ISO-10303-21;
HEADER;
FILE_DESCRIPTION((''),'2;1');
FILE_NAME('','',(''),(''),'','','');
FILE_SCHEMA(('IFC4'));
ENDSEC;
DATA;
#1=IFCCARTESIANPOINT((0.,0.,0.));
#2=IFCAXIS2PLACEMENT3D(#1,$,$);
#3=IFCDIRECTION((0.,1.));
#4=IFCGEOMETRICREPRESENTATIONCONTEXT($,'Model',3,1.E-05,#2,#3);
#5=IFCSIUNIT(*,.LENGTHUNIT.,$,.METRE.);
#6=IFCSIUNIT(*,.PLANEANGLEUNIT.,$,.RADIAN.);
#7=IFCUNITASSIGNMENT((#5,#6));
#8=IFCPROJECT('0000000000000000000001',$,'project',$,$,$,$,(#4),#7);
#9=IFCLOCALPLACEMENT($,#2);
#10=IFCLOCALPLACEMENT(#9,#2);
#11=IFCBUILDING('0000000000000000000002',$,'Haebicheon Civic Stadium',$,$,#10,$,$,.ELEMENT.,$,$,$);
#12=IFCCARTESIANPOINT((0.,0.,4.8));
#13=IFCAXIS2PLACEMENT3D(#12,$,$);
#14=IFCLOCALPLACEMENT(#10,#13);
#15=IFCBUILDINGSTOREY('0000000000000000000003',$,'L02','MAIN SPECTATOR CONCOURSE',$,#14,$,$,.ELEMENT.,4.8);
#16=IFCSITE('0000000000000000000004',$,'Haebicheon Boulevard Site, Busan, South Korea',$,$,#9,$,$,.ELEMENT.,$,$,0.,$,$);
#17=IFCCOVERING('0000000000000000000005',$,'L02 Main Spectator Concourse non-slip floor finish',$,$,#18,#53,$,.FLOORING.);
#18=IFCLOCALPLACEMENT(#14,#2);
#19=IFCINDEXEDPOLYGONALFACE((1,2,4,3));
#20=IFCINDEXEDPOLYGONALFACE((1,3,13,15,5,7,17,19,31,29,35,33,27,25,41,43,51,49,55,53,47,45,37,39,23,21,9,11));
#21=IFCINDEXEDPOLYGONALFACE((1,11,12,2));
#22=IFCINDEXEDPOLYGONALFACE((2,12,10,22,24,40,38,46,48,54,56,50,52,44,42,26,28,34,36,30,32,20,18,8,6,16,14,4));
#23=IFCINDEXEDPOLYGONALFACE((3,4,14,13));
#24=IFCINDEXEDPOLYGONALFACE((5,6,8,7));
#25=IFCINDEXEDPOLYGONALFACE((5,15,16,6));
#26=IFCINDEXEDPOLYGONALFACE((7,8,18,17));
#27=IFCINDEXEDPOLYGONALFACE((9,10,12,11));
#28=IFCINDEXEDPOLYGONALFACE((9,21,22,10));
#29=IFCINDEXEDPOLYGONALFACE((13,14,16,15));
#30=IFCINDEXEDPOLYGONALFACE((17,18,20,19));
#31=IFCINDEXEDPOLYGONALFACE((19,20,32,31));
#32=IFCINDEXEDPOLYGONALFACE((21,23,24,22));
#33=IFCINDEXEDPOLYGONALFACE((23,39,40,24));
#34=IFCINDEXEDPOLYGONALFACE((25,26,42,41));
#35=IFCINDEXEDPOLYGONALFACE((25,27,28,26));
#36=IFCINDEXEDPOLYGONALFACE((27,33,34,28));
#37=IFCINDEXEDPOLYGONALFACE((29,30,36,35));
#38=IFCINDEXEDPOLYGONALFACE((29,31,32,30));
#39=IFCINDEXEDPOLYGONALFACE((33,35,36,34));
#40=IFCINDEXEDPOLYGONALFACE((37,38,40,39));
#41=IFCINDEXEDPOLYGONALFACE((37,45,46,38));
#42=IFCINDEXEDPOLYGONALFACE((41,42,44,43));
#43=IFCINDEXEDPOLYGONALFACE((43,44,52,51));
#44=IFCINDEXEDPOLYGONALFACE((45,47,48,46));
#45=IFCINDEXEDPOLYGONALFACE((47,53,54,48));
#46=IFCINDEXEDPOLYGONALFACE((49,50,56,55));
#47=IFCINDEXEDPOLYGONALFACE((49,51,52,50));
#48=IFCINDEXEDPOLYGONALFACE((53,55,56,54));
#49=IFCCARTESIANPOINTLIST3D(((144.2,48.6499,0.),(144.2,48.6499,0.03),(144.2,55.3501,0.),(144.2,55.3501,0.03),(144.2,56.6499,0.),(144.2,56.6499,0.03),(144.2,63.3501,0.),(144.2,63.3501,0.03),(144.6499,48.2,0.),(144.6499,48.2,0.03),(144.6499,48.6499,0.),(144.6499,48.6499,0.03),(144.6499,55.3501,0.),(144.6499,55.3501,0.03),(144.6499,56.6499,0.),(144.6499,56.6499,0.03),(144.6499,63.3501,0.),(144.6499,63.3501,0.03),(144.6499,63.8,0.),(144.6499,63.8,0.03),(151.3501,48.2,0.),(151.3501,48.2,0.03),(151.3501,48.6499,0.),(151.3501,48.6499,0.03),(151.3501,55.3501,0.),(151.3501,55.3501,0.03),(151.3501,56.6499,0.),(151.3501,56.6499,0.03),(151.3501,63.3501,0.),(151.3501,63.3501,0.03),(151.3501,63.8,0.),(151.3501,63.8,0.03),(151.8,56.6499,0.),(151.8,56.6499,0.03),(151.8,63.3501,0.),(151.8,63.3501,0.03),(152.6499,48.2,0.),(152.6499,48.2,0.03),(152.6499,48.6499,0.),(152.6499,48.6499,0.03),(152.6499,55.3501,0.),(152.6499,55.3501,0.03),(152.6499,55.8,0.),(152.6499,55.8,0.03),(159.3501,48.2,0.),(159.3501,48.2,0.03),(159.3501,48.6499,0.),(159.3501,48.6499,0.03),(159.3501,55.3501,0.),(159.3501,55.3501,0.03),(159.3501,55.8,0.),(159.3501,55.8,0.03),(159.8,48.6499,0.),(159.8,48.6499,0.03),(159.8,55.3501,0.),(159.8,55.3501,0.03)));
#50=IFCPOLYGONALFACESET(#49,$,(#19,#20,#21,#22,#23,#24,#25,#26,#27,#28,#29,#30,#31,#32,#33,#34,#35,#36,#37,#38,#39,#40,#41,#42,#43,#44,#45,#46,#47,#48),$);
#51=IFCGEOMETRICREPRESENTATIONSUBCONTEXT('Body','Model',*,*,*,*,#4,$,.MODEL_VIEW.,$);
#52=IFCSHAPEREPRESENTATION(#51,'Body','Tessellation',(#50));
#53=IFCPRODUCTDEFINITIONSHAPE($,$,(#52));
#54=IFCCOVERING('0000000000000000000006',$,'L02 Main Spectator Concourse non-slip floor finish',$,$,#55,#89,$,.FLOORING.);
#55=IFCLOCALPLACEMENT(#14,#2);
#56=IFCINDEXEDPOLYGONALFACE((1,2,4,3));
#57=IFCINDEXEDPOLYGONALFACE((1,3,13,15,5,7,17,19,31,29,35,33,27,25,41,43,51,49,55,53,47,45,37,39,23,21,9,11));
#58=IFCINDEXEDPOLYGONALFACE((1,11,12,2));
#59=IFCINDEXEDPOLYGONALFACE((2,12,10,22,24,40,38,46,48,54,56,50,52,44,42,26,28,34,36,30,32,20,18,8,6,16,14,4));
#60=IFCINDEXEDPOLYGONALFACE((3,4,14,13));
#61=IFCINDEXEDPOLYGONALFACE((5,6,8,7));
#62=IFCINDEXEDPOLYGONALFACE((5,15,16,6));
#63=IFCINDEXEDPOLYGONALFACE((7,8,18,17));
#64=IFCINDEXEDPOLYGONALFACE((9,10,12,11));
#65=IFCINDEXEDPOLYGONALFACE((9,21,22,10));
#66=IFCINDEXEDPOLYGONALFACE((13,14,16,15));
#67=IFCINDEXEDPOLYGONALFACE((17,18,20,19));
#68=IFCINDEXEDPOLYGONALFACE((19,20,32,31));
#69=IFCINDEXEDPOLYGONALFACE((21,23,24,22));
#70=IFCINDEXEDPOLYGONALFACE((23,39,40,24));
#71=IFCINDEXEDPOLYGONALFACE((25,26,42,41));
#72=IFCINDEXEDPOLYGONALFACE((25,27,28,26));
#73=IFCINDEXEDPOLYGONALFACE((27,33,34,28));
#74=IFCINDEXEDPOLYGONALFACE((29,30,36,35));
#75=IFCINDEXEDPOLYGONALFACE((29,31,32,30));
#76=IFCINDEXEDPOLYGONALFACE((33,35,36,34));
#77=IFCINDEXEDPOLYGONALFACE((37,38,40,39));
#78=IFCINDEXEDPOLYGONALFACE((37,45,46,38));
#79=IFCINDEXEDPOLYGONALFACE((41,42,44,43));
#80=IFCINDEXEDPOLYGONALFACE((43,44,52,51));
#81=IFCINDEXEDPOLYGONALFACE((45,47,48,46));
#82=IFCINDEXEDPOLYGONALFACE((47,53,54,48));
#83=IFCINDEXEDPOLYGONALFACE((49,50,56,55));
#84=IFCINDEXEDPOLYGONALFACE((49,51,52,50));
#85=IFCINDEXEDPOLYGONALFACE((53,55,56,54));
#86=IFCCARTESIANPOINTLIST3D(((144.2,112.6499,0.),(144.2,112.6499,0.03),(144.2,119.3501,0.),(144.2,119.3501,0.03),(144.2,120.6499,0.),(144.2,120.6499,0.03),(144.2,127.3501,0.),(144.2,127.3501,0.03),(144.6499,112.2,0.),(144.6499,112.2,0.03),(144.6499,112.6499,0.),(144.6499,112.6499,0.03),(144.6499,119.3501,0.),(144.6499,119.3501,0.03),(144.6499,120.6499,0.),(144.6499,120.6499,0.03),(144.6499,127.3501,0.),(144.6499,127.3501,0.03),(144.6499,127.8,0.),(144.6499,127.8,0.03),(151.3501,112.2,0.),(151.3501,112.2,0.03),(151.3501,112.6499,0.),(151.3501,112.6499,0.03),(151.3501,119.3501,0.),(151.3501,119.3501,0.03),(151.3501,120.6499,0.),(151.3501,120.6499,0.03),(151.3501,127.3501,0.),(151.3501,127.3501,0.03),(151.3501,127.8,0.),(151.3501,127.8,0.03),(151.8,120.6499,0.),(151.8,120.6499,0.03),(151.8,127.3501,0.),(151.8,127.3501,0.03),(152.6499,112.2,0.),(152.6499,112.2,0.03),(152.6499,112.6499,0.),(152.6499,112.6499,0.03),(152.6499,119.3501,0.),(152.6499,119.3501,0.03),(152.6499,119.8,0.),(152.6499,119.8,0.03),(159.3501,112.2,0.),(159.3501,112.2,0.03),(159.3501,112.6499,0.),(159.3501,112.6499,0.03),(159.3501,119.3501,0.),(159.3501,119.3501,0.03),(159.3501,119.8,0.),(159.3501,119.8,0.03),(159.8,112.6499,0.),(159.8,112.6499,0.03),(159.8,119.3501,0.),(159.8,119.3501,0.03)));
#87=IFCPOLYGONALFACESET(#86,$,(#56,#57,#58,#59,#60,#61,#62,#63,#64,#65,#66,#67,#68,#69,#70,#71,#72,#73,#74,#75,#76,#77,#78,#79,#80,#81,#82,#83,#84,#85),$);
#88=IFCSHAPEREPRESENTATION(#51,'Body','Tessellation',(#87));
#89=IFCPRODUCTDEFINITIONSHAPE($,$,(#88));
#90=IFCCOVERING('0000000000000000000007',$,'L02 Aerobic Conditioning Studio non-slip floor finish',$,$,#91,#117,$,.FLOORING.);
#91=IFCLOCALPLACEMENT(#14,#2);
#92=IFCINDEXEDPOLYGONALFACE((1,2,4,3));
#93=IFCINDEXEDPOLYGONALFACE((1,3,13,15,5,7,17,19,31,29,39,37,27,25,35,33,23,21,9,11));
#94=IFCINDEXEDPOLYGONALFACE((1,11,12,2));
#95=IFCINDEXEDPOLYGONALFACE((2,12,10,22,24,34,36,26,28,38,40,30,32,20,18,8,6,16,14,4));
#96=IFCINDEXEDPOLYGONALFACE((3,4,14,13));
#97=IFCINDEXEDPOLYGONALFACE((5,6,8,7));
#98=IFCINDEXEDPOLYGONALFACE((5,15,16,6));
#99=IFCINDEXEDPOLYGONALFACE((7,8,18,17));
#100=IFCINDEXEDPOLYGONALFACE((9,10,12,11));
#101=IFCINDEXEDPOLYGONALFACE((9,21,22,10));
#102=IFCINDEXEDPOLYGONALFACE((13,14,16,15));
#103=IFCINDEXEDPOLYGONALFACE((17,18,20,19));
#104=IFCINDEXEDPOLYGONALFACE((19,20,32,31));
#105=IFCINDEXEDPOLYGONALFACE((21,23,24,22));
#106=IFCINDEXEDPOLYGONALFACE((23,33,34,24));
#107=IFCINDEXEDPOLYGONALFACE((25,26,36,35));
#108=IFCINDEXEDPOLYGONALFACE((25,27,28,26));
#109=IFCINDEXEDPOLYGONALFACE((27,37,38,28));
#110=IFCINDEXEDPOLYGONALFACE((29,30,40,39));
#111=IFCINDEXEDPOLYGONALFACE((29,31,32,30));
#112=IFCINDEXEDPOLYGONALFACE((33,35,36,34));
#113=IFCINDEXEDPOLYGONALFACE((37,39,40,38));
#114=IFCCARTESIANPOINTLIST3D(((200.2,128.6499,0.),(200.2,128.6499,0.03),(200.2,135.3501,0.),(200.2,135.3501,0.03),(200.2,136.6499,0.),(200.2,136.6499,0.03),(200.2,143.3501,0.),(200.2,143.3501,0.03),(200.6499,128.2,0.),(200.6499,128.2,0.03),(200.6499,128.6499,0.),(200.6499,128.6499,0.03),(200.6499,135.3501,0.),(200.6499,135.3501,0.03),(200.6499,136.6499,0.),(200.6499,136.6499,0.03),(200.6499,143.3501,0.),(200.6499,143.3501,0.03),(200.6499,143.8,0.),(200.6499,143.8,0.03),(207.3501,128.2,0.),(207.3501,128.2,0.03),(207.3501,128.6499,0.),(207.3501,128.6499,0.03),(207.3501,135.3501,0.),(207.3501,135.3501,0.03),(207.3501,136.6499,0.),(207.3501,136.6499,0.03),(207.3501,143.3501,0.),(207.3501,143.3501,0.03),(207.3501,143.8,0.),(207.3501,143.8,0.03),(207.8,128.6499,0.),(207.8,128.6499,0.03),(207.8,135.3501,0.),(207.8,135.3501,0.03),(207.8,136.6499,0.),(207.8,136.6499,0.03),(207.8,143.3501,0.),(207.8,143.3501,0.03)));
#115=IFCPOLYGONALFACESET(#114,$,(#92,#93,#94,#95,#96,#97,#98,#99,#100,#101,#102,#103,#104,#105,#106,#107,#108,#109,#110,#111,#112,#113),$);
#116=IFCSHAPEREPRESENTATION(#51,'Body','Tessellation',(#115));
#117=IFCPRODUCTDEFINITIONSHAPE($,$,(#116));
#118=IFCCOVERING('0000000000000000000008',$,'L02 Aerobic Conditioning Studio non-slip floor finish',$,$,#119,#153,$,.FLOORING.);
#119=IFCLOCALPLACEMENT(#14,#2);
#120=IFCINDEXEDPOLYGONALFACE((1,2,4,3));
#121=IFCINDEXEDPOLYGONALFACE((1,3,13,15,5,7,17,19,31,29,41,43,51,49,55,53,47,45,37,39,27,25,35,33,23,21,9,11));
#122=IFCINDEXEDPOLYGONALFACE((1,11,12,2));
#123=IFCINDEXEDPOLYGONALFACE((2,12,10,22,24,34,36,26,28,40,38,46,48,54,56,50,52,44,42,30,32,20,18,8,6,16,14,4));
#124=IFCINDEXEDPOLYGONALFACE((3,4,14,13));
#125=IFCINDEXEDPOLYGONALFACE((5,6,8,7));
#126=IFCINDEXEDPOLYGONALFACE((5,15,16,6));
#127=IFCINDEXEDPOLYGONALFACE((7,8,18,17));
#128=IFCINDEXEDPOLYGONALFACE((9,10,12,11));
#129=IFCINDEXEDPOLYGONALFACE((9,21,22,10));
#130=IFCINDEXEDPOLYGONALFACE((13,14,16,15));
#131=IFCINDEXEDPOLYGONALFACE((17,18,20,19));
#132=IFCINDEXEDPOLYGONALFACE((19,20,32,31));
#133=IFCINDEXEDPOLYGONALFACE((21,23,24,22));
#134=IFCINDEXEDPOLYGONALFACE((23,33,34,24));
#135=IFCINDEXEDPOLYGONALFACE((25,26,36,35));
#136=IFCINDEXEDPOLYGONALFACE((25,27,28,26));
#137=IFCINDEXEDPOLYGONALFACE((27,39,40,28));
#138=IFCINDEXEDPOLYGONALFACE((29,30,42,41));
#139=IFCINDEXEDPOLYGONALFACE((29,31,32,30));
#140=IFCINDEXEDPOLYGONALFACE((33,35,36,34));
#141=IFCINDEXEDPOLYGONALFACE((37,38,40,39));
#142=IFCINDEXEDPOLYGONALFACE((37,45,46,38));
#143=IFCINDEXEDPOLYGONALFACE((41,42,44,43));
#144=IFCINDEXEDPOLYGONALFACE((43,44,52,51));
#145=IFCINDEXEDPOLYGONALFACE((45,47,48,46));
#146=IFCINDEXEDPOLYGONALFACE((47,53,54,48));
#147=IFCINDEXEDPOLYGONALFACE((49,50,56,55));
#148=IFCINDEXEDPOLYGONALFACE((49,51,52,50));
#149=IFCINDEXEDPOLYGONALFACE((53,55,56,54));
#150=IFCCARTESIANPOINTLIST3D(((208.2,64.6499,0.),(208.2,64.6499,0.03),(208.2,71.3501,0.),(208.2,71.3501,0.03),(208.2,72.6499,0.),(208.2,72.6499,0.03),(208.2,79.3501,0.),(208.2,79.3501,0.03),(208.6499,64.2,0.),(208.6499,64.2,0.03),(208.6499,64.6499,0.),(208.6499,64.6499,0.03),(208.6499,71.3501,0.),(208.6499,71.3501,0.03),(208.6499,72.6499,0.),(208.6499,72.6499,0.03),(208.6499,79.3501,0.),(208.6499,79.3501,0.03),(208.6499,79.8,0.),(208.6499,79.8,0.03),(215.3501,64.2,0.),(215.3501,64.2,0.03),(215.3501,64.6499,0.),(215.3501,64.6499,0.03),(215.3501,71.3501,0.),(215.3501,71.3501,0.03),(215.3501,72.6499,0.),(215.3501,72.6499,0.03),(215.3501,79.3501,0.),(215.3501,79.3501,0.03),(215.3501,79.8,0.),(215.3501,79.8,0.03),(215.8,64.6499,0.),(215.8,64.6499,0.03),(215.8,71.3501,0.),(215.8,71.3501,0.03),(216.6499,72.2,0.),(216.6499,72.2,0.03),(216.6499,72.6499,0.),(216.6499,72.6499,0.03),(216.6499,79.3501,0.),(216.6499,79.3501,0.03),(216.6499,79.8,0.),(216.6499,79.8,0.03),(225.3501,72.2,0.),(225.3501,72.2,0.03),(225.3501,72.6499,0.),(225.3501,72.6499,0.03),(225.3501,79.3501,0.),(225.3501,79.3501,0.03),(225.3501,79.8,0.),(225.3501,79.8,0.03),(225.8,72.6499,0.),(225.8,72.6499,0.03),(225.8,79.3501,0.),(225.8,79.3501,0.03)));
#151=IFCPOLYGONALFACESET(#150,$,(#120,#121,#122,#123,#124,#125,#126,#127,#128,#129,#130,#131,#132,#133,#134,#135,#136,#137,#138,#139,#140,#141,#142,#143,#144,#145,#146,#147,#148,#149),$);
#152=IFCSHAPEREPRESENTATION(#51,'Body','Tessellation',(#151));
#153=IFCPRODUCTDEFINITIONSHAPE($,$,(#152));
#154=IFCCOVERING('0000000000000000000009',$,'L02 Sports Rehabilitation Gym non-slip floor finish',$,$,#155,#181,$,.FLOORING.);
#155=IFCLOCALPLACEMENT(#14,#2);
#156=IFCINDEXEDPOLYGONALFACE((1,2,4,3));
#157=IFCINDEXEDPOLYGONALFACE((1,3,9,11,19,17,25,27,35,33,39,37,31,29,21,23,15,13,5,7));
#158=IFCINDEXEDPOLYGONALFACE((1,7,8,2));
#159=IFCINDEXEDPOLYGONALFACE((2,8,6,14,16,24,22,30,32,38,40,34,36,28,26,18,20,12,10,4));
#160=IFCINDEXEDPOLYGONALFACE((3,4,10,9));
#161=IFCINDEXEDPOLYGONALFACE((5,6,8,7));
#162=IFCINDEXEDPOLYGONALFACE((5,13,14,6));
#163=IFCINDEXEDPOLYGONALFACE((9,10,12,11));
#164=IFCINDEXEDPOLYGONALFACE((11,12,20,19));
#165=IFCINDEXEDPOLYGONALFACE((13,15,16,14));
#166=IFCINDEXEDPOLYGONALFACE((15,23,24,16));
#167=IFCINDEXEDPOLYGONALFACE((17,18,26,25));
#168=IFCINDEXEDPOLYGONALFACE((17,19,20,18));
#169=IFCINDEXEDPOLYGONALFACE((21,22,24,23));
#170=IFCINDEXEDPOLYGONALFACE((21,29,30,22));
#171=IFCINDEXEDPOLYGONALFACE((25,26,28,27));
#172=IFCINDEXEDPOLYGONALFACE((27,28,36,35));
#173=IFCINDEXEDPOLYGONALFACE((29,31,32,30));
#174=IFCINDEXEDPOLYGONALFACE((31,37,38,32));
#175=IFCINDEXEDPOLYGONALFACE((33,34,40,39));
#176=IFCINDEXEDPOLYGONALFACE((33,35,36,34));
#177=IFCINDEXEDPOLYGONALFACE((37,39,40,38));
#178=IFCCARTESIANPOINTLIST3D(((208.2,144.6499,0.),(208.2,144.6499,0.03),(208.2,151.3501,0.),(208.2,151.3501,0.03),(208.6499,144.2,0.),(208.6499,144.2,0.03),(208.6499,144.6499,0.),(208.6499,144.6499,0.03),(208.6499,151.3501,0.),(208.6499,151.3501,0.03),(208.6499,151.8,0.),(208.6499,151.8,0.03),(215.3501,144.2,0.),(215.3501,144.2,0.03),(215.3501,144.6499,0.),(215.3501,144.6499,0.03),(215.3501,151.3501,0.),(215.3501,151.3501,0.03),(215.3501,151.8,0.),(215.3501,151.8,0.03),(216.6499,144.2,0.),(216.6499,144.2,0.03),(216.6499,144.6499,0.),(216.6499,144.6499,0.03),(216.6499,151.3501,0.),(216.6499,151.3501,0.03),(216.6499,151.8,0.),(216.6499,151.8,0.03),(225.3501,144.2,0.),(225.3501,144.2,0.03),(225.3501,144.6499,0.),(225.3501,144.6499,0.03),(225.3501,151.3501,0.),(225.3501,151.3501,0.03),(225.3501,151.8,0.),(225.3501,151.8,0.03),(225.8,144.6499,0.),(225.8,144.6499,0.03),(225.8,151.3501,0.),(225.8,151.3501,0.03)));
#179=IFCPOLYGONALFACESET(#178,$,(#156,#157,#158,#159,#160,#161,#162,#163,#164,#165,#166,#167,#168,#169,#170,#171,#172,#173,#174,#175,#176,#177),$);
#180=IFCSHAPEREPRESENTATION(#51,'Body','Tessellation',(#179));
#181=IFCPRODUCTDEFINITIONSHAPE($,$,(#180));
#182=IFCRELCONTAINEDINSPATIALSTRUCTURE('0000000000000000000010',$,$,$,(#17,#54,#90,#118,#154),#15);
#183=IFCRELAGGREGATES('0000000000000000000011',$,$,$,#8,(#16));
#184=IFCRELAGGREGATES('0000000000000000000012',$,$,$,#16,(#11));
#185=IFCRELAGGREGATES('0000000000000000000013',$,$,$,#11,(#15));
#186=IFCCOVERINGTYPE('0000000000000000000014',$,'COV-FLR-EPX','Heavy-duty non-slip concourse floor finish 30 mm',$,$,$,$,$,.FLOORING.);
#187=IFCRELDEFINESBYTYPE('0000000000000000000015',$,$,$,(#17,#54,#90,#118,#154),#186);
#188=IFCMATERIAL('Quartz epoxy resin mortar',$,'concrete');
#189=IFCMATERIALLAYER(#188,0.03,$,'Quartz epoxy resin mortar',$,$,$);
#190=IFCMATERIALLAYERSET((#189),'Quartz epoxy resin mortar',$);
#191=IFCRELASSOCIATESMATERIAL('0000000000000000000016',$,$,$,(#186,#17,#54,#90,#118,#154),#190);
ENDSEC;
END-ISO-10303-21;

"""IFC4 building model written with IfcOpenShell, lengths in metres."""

from ifc_helpers import new_model, si_unit, direction, frame, origin, place, context, subcontext, project, spatial, polyline, outline, extrude, material, layer, layer_set, type_object, element, save


model = new_model("IFC4")

# Units and contexts
model_context = context("Model", 3, precision=1e-05, world=origin(), true_north=direction((0.0, 1.0)))
body_context = subcontext(model_context, "Body", "Model", "MODEL_VIEW")
ifc_project = project(units=[si_unit("LENGTHUNIT", "METRE"), si_unit("PLANEANGLEUNIT", "RADIAN")], contexts=[model_context])

# Site, building, storey
site_placement = place(None, origin())
site = spatial("IfcSite", under=ifc_project, at=site_placement, Name="Haebicheon Boulevard Site, Busan, South Korea", CompositionType="ELEMENT", RefElevation=0.0)
building_placement = place(site_placement, origin())
building = spatial("IfcBuilding", under=site, at=building_placement, Name="Haebicheon Civic Stadium", CompositionType="ELEMENT")
storey_placement = place(building_placement, frame((0.0, 0.0, 4.8)))
storey = spatial("IfcBuildingStorey", under=building, at=storey_placement, Name="L02", Description="MAIN SPECTATOR CONCOURSE", CompositionType="ELEMENT", Elevation=4.8)

# Coverings
ifc_material_1 = material(Name="Quartz epoxy resin mortar", Category="concrete")
ifc_layer_1 = layer(ifc_material_1, 0.03, Name="Quartz epoxy resin mortar")
ifc_layer_set_1 = layer_set([ifc_layer_1], Name="Quartz epoxy resin mortar")
covering_type_1 = type_object("IfcCoveringType", Name="COV-FLR-EPX", Description="Heavy-duty non-slip concourse floor finish 30 mm", PredefinedType="FLOORING", material=ifc_layer_set_1)
covering_1_placement = place(storey_placement, origin())
element("IfcCovering", 1, at=covering_1_placement, inside=storey, type_object=covering_type_1, material=ifc_layer_set_1, Name="L02 Main Spectator Concourse non-slip floor finish", PredefinedType="FLOORING", context=body_context, shape_type="SweptSolid", body=[
    extrude(outline(polyline([(144.2, 55.3501), (144.6499, 55.3501), (144.6499, 56.6499), (144.2, 56.6499), (144.2, 63.3501), (144.6499, 63.3501), (144.6499, 63.8), (151.3501, 63.8), (151.3501, 63.3501), (151.8, 63.3501), (151.8, 56.6499), (151.3501, 56.6499), (151.3501, 55.3501), (152.6499, 55.3501), (152.6499, 55.8), (159.3501, 55.8), (159.3501, 55.3501), (159.8, 55.3501), (159.8, 48.6499), (159.3501, 48.6499), (159.3501, 48.2), (152.6499, 48.2), (152.6499, 48.6499), (151.3501, 48.6499), (151.3501, 48.2), (144.6499, 48.2), (144.6499, 48.6499), (144.2, 48.6499), (144.2, 55.3501)])), origin(), (0.0, 0.0, 1.0), 0.03),
])
covering_2_placement = place(storey_placement, origin())
element("IfcCovering", 2, at=covering_2_placement, inside=storey, type_object=covering_type_1, material=ifc_layer_set_1, Name="L02 Main Spectator Concourse non-slip floor finish", PredefinedType="FLOORING", context=body_context, shape_type="SweptSolid", body=[
    extrude(outline(polyline([(144.2, 119.3501), (144.6499, 119.3501), (144.6499, 120.6499), (144.2, 120.6499), (144.2, 127.3501), (144.6499, 127.3501), (144.6499, 127.8), (151.3501, 127.8), (151.3501, 127.3501), (151.8, 127.3501), (151.8, 120.6499), (151.3501, 120.6499), (151.3501, 119.3501), (152.6499, 119.3501), (152.6499, 119.8), (159.3501, 119.8), (159.3501, 119.3501), (159.8, 119.3501), (159.8, 112.6499), (159.3501, 112.6499), (159.3501, 112.2), (152.6499, 112.2), (152.6499, 112.6499), (151.3501, 112.6499), (151.3501, 112.2), (144.6499, 112.2), (144.6499, 112.6499), (144.2, 112.6499), (144.2, 119.3501)])), origin(), (0.0, 0.0, 1.0), 0.03),
])
covering_3_placement = place(storey_placement, origin())
element("IfcCovering", 3, at=covering_3_placement, inside=storey, type_object=covering_type_1, material=ifc_layer_set_1, Name="L02 Aerobic Conditioning Studio non-slip floor finish", PredefinedType="FLOORING", context=body_context, shape_type="SweptSolid", body=[
    extrude(outline(polyline([(200.6499, 128.2), (200.6499, 128.6499), (200.2, 128.6499), (200.2, 135.3501), (200.6499, 135.3501), (200.6499, 136.6499), (200.2, 136.6499), (200.2, 143.3501), (200.6499, 143.3501), (200.6499, 143.8), (207.3501, 143.8), (207.3501, 143.3501), (207.8, 143.3501), (207.8, 136.6499), (207.3501, 136.6499), (207.3501, 135.3501), (207.8, 135.3501), (207.8, 128.6499), (207.3501, 128.6499), (207.3501, 128.2), (200.6499, 128.2)])), origin(), (0.0, 0.0, 1.0), 0.03),
])
covering_4_placement = place(storey_placement, origin())
element("IfcCovering", 4, at=covering_4_placement, inside=storey, type_object=covering_type_1, material=ifc_layer_set_1, Name="L02 Aerobic Conditioning Studio non-slip floor finish", PredefinedType="FLOORING", context=body_context, shape_type="SweptSolid", body=[
    extrude(outline(polyline([(208.6499, 64.2), (208.6499, 64.6499), (208.2, 64.6499), (208.2, 71.3501), (208.6499, 71.3501), (208.6499, 72.6499), (208.2, 72.6499), (208.2, 79.3501), (208.6499, 79.3501), (208.6499, 79.8), (215.3501, 79.8), (215.3501, 79.3501), (216.6499, 79.3501), (216.6499, 79.8), (225.3501, 79.8), (225.3501, 79.3501), (225.8, 79.3501), (225.8, 72.6499), (225.3501, 72.6499), (225.3501, 72.2), (216.6499, 72.2), (216.6499, 72.6499), (215.3501, 72.6499), (215.3501, 71.3501), (215.8, 71.3501), (215.8, 64.6499), (215.3501, 64.6499), (215.3501, 64.2), (208.6499, 64.2)])), origin(), (0.0, 0.0, 1.0), 0.03),
])
covering_5_placement = place(storey_placement, origin())
element("IfcCovering", 5, at=covering_5_placement, inside=storey, type_object=covering_type_1, material=ifc_layer_set_1, Name="L02 Sports Rehabilitation Gym non-slip floor finish", PredefinedType="FLOORING", context=body_context, shape_type="SweptSolid", body=[
    extrude(outline(polyline([(208.2, 151.3501), (208.6499, 151.3501), (208.6499, 151.8), (215.3501, 151.8), (215.3501, 151.3501), (216.6499, 151.3501), (216.6499, 151.8), (225.3501, 151.8), (225.3501, 151.3501), (225.8, 151.3501), (225.8, 144.6499), (225.3501, 144.6499), (225.3501, 144.2), (216.6499, 144.2), (216.6499, 144.6499), (215.3501, 144.6499), (215.3501, 144.2), (208.6499, 144.2), (208.6499, 144.6499), (208.2, 144.6499), (208.2, 151.3501)])), origin(), (0.0, 0.0, 1.0), 0.03),
])

save(model, "model.ifc")
